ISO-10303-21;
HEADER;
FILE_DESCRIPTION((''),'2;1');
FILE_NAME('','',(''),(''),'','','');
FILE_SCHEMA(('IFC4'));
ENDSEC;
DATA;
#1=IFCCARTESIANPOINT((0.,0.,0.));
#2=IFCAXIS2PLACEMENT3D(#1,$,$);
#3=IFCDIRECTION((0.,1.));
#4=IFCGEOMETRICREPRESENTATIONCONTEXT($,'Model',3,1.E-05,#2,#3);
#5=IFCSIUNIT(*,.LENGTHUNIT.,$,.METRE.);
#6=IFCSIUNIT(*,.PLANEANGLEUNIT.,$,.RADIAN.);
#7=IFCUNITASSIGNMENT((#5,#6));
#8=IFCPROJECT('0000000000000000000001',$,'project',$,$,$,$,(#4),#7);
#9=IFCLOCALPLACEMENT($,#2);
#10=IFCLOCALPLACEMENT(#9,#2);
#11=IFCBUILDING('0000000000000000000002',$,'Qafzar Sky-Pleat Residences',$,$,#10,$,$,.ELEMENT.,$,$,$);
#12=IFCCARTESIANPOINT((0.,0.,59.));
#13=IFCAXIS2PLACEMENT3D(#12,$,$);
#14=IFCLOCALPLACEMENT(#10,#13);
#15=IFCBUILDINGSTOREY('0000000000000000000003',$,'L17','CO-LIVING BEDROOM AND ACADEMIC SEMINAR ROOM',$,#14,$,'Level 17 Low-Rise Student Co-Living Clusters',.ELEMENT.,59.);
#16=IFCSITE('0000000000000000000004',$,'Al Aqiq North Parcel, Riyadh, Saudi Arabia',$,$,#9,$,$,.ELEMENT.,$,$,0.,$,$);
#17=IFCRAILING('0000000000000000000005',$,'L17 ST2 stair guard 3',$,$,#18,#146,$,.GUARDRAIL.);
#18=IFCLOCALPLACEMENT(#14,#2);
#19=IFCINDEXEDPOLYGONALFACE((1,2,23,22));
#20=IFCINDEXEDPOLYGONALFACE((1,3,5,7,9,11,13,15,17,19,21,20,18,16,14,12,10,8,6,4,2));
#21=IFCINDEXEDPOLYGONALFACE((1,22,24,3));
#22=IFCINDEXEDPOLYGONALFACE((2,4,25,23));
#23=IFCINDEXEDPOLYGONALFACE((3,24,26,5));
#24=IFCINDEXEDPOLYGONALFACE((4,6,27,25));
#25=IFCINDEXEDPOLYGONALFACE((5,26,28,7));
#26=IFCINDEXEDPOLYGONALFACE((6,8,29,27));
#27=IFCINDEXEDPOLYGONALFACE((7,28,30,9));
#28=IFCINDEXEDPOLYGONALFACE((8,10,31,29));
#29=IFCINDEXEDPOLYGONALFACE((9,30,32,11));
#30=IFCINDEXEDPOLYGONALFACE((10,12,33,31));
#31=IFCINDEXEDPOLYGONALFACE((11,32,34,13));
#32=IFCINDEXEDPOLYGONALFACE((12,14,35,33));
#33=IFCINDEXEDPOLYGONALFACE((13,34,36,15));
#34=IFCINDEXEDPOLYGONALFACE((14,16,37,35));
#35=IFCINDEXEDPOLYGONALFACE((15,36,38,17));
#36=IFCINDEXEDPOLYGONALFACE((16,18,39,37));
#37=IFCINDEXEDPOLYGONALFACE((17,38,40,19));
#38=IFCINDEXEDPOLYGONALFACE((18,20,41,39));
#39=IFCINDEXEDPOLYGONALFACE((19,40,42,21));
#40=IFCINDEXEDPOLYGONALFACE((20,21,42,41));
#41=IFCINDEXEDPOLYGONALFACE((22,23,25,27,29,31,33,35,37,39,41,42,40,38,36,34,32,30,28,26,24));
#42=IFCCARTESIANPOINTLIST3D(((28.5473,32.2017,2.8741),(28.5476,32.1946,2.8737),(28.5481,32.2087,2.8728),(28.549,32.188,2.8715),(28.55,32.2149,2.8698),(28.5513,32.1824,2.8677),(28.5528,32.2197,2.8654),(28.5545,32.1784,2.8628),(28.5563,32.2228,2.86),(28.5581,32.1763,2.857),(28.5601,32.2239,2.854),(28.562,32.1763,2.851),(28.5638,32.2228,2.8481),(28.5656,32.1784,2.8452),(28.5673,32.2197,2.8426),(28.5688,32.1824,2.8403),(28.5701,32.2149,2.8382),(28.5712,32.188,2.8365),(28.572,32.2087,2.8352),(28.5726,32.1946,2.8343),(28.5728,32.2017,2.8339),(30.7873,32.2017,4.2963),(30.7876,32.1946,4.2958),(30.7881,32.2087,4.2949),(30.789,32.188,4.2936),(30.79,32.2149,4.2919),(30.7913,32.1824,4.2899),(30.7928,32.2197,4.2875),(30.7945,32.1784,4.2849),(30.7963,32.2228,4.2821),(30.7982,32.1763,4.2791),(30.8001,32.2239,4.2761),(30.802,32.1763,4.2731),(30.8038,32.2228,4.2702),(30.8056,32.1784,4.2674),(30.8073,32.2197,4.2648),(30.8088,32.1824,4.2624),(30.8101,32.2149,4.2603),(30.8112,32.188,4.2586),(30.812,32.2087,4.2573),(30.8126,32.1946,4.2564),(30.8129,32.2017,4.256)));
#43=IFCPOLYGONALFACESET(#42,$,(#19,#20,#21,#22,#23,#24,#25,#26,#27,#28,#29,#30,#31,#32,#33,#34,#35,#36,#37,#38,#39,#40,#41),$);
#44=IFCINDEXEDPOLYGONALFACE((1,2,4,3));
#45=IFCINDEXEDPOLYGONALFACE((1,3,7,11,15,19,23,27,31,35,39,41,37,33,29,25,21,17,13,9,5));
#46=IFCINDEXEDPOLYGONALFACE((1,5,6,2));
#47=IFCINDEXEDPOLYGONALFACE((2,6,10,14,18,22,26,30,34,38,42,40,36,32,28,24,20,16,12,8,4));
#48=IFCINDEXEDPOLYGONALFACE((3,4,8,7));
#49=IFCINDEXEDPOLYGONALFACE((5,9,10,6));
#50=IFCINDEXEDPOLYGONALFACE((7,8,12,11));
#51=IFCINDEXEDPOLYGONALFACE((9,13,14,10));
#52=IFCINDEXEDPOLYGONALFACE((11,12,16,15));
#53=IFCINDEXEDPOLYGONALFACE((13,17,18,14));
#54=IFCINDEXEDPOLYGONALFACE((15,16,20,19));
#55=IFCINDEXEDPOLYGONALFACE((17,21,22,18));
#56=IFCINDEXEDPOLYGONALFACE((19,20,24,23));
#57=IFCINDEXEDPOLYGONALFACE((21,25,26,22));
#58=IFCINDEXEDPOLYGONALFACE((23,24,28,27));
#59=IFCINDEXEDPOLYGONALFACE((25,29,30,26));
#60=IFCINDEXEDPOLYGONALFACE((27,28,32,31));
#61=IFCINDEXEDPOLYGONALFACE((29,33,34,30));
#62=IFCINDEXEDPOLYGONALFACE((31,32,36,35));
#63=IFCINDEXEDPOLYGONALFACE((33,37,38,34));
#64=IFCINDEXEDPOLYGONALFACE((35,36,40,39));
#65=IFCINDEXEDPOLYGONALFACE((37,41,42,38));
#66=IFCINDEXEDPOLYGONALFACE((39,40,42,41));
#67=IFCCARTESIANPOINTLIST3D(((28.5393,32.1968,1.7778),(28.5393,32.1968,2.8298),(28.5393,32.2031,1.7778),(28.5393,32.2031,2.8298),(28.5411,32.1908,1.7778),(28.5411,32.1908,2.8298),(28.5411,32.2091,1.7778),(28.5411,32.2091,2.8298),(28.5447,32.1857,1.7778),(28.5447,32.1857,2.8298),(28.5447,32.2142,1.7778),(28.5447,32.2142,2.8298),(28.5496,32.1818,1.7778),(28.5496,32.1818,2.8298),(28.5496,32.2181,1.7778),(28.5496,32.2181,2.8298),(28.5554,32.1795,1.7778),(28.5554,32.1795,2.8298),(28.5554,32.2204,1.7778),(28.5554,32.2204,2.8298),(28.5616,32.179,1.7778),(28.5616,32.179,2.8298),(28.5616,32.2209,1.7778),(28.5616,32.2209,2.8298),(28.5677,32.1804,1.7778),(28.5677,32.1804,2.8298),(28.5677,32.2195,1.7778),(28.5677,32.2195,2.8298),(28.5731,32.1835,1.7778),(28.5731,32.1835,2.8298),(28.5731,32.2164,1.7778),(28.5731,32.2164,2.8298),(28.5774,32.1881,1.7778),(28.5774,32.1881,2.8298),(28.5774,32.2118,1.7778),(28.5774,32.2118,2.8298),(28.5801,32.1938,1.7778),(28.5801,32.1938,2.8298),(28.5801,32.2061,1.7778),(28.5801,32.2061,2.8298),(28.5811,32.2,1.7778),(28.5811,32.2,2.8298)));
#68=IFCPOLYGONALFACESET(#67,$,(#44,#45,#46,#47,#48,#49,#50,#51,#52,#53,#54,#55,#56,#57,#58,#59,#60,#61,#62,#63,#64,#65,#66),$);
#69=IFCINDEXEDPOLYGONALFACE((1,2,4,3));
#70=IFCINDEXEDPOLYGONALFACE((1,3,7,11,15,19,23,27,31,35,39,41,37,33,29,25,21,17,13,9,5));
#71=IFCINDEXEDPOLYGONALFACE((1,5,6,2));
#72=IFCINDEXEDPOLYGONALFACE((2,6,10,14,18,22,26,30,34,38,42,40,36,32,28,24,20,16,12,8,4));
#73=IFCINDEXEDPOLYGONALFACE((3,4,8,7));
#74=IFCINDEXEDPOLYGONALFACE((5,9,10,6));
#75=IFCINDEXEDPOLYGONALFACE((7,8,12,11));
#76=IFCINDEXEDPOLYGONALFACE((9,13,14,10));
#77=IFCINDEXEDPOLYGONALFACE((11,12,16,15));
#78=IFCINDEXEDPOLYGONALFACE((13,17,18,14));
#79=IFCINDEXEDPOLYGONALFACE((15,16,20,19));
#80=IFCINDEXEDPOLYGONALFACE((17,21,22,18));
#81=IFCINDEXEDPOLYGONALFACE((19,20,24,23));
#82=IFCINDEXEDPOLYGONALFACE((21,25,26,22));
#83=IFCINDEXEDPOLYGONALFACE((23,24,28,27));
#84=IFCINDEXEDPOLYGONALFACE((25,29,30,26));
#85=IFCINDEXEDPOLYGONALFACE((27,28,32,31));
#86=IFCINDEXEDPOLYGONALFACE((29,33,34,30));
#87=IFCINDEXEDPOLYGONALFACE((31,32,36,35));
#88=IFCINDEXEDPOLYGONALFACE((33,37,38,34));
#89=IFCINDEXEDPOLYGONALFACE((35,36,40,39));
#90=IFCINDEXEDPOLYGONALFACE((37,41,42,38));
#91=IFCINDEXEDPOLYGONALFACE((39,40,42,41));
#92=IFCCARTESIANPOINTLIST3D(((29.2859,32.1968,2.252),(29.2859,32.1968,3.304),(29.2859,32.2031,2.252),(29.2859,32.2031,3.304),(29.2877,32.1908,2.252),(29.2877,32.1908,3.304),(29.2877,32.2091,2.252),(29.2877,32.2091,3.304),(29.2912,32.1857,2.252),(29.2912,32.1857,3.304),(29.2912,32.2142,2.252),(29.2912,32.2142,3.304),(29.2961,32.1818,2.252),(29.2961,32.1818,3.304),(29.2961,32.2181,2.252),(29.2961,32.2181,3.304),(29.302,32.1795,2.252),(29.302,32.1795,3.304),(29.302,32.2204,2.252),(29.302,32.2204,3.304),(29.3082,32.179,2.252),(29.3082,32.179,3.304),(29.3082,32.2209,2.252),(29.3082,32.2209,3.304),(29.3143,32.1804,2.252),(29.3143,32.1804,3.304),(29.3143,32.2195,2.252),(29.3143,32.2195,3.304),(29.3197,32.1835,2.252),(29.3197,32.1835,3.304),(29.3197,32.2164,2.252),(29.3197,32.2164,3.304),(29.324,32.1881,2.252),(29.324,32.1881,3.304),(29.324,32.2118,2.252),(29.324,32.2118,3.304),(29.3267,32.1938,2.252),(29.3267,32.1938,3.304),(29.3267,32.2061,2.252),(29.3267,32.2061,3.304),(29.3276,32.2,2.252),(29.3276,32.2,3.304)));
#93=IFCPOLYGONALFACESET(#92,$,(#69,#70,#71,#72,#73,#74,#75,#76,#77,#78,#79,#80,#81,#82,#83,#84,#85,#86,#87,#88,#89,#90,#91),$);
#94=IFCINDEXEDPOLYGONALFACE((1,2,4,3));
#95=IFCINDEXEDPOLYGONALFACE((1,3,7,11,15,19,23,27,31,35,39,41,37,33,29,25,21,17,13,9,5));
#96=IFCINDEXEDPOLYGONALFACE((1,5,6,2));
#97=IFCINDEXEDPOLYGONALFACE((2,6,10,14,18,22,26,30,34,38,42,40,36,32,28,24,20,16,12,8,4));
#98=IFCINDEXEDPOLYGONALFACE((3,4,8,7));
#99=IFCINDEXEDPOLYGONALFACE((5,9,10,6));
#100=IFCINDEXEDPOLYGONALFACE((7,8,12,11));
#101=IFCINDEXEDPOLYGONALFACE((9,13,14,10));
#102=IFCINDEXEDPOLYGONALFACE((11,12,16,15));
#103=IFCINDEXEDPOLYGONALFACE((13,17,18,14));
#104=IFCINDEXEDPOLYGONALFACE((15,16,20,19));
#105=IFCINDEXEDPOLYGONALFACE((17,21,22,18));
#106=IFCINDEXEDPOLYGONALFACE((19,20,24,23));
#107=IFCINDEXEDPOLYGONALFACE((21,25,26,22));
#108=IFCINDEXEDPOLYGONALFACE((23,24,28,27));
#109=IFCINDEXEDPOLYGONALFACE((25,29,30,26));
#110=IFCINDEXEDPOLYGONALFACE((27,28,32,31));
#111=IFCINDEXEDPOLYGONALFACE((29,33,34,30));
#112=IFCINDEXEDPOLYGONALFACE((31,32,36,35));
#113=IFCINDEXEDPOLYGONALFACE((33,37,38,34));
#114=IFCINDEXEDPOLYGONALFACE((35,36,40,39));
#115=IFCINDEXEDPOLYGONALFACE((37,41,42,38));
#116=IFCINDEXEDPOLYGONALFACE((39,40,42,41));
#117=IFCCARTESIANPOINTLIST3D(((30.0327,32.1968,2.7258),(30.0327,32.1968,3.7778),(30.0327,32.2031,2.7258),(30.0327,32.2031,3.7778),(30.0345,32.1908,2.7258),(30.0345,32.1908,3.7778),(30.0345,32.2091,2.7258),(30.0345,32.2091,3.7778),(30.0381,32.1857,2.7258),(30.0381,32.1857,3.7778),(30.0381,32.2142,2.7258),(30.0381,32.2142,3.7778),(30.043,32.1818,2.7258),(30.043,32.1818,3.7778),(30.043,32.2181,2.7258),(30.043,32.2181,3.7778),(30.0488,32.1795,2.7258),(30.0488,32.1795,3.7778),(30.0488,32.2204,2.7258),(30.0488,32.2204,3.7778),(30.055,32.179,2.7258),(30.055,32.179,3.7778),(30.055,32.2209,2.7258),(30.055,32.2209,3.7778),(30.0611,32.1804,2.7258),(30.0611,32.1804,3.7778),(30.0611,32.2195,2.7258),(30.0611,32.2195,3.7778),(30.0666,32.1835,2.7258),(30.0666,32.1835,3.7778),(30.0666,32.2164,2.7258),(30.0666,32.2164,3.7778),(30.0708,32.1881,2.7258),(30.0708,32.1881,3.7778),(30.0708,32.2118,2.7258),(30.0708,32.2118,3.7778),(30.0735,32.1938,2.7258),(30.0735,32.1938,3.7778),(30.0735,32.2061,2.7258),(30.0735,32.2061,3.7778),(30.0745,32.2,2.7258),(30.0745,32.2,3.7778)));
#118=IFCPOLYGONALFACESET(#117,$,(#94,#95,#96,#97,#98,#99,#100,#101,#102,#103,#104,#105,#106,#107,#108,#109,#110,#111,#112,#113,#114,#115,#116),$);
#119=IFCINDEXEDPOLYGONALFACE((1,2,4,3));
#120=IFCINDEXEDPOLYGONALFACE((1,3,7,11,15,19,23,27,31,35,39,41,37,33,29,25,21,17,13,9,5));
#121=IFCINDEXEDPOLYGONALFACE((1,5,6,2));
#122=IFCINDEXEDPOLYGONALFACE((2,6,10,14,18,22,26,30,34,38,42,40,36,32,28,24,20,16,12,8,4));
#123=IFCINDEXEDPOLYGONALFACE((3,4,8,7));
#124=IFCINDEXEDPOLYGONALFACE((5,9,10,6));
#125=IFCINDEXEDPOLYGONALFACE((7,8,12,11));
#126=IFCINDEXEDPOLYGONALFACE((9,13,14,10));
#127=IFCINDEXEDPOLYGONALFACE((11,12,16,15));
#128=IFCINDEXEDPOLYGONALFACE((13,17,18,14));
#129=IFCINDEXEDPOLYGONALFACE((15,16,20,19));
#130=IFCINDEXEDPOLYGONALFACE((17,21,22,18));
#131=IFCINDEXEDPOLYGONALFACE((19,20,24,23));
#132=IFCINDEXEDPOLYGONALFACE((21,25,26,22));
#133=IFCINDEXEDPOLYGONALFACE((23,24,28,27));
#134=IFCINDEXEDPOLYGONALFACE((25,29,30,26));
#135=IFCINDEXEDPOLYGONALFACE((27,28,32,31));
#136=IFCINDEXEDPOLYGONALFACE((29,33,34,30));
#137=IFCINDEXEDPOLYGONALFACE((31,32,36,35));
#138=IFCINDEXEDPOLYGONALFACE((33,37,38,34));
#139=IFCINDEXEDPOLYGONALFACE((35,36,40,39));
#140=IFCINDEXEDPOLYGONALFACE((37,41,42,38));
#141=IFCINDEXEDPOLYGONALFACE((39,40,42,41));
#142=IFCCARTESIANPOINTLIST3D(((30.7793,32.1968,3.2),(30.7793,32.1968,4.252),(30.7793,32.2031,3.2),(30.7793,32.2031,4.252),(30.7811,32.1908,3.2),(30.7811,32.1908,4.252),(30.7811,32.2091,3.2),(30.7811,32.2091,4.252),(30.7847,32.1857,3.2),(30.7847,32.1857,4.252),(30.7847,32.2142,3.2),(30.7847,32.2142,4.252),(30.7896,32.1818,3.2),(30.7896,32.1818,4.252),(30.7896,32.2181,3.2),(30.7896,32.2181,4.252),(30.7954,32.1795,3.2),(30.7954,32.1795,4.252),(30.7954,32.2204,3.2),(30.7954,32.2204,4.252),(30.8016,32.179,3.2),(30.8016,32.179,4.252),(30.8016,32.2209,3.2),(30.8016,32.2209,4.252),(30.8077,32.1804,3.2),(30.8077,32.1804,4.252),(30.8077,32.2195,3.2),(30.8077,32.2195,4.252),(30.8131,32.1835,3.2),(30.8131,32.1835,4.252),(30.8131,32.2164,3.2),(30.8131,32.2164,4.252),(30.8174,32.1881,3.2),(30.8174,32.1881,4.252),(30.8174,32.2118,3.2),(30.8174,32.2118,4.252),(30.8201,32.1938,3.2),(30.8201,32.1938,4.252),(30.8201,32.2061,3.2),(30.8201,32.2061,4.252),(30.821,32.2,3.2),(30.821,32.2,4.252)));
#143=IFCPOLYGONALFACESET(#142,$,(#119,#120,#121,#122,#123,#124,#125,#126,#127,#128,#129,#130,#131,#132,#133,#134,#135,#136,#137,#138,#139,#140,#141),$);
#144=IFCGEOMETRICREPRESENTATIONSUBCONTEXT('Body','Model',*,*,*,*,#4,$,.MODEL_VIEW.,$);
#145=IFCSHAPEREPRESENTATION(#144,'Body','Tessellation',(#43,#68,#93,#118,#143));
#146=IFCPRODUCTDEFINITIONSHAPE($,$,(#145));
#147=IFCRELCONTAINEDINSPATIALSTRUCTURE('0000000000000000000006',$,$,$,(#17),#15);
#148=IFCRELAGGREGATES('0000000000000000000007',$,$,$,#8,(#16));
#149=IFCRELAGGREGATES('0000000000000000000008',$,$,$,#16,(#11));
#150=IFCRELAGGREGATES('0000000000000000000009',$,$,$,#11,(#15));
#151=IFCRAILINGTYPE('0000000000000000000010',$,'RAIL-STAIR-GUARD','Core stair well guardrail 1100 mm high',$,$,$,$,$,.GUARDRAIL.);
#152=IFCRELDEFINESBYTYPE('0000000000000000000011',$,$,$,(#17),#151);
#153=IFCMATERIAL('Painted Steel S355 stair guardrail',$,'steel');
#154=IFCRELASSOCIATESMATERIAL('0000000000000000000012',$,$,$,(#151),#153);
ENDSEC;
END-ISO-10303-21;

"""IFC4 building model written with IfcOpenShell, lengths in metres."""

from ifc_helpers import new_model, si_unit, direction, frame, origin, origin_2d, place, context, subcontext, project, spatial, circle, extrude, source, transform, mapped, material, type_object, element, save


model = new_model("IFC4")

# Units and contexts
model_context = context("Model", 3, precision=1e-05, world=origin(), true_north=direction((0.0, 1.0)))
body_context = subcontext(model_context, "Body", "Model", "MODEL_VIEW")
ifc_project = project(units=[si_unit("LENGTHUNIT", "METRE"), si_unit("PLANEANGLEUNIT", "RADIAN")], contexts=[model_context])

# Site, building, storey
site_placement = place(None, origin())
site = spatial("IfcSite", under=ifc_project, at=site_placement, Name="Al Aqiq North Parcel, Riyadh, Saudi Arabia", CompositionType="ELEMENT", RefElevation=0.0)
building_placement = place(site_placement, origin())
building = spatial("IfcBuilding", under=site, at=building_placement, Name="Qafzar Sky-Pleat Residences", CompositionType="ELEMENT")
storey_placement = place(building_placement, frame((0.0, 0.0, 59.0)))
storey = spatial("IfcBuildingStorey", under=building, at=storey_placement, Name="L17", Description="CO-LIVING BEDROOM AND ACADEMIC SEMINAR ROOM", LongName="Level 17 Low-Rise Student Co-Living Clusters", CompositionType="ELEMENT", Elevation=59.0)

# Railing
ifc_material_1 = material(Name="Painted Steel S355 stair guardrail", Category="steel")
railing_type_1 = type_object("IfcRailingType", Name="RAIL-STAIR-GUARD", Description="Core stair well guardrail 1100 mm high", PredefinedType="GUARDRAIL", material=ifc_material_1)
shared_shape_1 = source(origin(), body_context, "Body", "SweptSolid", [
    extrude(circle(Radius=0.0239, at=origin_2d()), frame((0.0, 0.0, 1.0762), z_axis=(0.844229, 0.0, 0.535982), x_axis=(0.0, 1.0, 0.0)), (0.0, 0.0, 1.0), 2.6533),
    extrude(circle(Radius=0.021, at=origin_2d()), origin(), (0.0, 0.0, 1.0), 1.052),
    extrude(circle(Radius=0.021, at=origin_2d()), frame((0.7466, 0.0, 0.4741)), (0.0, 0.0, 1.0), 1.052),
    extrude(circle(Radius=0.021, at=origin_2d()), frame((1.4934, 0.0, 0.948)), (0.0, 0.0, 1.0), 1.052),
    extrude(circle(Radius=0.021, at=origin_2d()), frame((2.24, 0.0, 1.4221)), (0.0, 0.0, 1.0), 1.052),
])
railing_1_placement = place(storey_placement, frame((28.5601, 32.2, 1.7778)))
element("IfcRailing", 1, at=railing_1_placement, inside=storey, type_object=railing_type_1, Name="L17 ST2 stair guard 3", PredefinedType="GUARDRAIL", context=body_context, shape_type="MappedRepresentation", body=[
    mapped(shared_shape_1, transform((0.0, 0.0, 0.0), x_axis=(1.0, 0.0, 0.0), y_axis=(0.0, 1.0, 0.0), z_axis=(0.0, 0.0, 1.0), scale=1.0)),
])

save(model, "model.ifc")
